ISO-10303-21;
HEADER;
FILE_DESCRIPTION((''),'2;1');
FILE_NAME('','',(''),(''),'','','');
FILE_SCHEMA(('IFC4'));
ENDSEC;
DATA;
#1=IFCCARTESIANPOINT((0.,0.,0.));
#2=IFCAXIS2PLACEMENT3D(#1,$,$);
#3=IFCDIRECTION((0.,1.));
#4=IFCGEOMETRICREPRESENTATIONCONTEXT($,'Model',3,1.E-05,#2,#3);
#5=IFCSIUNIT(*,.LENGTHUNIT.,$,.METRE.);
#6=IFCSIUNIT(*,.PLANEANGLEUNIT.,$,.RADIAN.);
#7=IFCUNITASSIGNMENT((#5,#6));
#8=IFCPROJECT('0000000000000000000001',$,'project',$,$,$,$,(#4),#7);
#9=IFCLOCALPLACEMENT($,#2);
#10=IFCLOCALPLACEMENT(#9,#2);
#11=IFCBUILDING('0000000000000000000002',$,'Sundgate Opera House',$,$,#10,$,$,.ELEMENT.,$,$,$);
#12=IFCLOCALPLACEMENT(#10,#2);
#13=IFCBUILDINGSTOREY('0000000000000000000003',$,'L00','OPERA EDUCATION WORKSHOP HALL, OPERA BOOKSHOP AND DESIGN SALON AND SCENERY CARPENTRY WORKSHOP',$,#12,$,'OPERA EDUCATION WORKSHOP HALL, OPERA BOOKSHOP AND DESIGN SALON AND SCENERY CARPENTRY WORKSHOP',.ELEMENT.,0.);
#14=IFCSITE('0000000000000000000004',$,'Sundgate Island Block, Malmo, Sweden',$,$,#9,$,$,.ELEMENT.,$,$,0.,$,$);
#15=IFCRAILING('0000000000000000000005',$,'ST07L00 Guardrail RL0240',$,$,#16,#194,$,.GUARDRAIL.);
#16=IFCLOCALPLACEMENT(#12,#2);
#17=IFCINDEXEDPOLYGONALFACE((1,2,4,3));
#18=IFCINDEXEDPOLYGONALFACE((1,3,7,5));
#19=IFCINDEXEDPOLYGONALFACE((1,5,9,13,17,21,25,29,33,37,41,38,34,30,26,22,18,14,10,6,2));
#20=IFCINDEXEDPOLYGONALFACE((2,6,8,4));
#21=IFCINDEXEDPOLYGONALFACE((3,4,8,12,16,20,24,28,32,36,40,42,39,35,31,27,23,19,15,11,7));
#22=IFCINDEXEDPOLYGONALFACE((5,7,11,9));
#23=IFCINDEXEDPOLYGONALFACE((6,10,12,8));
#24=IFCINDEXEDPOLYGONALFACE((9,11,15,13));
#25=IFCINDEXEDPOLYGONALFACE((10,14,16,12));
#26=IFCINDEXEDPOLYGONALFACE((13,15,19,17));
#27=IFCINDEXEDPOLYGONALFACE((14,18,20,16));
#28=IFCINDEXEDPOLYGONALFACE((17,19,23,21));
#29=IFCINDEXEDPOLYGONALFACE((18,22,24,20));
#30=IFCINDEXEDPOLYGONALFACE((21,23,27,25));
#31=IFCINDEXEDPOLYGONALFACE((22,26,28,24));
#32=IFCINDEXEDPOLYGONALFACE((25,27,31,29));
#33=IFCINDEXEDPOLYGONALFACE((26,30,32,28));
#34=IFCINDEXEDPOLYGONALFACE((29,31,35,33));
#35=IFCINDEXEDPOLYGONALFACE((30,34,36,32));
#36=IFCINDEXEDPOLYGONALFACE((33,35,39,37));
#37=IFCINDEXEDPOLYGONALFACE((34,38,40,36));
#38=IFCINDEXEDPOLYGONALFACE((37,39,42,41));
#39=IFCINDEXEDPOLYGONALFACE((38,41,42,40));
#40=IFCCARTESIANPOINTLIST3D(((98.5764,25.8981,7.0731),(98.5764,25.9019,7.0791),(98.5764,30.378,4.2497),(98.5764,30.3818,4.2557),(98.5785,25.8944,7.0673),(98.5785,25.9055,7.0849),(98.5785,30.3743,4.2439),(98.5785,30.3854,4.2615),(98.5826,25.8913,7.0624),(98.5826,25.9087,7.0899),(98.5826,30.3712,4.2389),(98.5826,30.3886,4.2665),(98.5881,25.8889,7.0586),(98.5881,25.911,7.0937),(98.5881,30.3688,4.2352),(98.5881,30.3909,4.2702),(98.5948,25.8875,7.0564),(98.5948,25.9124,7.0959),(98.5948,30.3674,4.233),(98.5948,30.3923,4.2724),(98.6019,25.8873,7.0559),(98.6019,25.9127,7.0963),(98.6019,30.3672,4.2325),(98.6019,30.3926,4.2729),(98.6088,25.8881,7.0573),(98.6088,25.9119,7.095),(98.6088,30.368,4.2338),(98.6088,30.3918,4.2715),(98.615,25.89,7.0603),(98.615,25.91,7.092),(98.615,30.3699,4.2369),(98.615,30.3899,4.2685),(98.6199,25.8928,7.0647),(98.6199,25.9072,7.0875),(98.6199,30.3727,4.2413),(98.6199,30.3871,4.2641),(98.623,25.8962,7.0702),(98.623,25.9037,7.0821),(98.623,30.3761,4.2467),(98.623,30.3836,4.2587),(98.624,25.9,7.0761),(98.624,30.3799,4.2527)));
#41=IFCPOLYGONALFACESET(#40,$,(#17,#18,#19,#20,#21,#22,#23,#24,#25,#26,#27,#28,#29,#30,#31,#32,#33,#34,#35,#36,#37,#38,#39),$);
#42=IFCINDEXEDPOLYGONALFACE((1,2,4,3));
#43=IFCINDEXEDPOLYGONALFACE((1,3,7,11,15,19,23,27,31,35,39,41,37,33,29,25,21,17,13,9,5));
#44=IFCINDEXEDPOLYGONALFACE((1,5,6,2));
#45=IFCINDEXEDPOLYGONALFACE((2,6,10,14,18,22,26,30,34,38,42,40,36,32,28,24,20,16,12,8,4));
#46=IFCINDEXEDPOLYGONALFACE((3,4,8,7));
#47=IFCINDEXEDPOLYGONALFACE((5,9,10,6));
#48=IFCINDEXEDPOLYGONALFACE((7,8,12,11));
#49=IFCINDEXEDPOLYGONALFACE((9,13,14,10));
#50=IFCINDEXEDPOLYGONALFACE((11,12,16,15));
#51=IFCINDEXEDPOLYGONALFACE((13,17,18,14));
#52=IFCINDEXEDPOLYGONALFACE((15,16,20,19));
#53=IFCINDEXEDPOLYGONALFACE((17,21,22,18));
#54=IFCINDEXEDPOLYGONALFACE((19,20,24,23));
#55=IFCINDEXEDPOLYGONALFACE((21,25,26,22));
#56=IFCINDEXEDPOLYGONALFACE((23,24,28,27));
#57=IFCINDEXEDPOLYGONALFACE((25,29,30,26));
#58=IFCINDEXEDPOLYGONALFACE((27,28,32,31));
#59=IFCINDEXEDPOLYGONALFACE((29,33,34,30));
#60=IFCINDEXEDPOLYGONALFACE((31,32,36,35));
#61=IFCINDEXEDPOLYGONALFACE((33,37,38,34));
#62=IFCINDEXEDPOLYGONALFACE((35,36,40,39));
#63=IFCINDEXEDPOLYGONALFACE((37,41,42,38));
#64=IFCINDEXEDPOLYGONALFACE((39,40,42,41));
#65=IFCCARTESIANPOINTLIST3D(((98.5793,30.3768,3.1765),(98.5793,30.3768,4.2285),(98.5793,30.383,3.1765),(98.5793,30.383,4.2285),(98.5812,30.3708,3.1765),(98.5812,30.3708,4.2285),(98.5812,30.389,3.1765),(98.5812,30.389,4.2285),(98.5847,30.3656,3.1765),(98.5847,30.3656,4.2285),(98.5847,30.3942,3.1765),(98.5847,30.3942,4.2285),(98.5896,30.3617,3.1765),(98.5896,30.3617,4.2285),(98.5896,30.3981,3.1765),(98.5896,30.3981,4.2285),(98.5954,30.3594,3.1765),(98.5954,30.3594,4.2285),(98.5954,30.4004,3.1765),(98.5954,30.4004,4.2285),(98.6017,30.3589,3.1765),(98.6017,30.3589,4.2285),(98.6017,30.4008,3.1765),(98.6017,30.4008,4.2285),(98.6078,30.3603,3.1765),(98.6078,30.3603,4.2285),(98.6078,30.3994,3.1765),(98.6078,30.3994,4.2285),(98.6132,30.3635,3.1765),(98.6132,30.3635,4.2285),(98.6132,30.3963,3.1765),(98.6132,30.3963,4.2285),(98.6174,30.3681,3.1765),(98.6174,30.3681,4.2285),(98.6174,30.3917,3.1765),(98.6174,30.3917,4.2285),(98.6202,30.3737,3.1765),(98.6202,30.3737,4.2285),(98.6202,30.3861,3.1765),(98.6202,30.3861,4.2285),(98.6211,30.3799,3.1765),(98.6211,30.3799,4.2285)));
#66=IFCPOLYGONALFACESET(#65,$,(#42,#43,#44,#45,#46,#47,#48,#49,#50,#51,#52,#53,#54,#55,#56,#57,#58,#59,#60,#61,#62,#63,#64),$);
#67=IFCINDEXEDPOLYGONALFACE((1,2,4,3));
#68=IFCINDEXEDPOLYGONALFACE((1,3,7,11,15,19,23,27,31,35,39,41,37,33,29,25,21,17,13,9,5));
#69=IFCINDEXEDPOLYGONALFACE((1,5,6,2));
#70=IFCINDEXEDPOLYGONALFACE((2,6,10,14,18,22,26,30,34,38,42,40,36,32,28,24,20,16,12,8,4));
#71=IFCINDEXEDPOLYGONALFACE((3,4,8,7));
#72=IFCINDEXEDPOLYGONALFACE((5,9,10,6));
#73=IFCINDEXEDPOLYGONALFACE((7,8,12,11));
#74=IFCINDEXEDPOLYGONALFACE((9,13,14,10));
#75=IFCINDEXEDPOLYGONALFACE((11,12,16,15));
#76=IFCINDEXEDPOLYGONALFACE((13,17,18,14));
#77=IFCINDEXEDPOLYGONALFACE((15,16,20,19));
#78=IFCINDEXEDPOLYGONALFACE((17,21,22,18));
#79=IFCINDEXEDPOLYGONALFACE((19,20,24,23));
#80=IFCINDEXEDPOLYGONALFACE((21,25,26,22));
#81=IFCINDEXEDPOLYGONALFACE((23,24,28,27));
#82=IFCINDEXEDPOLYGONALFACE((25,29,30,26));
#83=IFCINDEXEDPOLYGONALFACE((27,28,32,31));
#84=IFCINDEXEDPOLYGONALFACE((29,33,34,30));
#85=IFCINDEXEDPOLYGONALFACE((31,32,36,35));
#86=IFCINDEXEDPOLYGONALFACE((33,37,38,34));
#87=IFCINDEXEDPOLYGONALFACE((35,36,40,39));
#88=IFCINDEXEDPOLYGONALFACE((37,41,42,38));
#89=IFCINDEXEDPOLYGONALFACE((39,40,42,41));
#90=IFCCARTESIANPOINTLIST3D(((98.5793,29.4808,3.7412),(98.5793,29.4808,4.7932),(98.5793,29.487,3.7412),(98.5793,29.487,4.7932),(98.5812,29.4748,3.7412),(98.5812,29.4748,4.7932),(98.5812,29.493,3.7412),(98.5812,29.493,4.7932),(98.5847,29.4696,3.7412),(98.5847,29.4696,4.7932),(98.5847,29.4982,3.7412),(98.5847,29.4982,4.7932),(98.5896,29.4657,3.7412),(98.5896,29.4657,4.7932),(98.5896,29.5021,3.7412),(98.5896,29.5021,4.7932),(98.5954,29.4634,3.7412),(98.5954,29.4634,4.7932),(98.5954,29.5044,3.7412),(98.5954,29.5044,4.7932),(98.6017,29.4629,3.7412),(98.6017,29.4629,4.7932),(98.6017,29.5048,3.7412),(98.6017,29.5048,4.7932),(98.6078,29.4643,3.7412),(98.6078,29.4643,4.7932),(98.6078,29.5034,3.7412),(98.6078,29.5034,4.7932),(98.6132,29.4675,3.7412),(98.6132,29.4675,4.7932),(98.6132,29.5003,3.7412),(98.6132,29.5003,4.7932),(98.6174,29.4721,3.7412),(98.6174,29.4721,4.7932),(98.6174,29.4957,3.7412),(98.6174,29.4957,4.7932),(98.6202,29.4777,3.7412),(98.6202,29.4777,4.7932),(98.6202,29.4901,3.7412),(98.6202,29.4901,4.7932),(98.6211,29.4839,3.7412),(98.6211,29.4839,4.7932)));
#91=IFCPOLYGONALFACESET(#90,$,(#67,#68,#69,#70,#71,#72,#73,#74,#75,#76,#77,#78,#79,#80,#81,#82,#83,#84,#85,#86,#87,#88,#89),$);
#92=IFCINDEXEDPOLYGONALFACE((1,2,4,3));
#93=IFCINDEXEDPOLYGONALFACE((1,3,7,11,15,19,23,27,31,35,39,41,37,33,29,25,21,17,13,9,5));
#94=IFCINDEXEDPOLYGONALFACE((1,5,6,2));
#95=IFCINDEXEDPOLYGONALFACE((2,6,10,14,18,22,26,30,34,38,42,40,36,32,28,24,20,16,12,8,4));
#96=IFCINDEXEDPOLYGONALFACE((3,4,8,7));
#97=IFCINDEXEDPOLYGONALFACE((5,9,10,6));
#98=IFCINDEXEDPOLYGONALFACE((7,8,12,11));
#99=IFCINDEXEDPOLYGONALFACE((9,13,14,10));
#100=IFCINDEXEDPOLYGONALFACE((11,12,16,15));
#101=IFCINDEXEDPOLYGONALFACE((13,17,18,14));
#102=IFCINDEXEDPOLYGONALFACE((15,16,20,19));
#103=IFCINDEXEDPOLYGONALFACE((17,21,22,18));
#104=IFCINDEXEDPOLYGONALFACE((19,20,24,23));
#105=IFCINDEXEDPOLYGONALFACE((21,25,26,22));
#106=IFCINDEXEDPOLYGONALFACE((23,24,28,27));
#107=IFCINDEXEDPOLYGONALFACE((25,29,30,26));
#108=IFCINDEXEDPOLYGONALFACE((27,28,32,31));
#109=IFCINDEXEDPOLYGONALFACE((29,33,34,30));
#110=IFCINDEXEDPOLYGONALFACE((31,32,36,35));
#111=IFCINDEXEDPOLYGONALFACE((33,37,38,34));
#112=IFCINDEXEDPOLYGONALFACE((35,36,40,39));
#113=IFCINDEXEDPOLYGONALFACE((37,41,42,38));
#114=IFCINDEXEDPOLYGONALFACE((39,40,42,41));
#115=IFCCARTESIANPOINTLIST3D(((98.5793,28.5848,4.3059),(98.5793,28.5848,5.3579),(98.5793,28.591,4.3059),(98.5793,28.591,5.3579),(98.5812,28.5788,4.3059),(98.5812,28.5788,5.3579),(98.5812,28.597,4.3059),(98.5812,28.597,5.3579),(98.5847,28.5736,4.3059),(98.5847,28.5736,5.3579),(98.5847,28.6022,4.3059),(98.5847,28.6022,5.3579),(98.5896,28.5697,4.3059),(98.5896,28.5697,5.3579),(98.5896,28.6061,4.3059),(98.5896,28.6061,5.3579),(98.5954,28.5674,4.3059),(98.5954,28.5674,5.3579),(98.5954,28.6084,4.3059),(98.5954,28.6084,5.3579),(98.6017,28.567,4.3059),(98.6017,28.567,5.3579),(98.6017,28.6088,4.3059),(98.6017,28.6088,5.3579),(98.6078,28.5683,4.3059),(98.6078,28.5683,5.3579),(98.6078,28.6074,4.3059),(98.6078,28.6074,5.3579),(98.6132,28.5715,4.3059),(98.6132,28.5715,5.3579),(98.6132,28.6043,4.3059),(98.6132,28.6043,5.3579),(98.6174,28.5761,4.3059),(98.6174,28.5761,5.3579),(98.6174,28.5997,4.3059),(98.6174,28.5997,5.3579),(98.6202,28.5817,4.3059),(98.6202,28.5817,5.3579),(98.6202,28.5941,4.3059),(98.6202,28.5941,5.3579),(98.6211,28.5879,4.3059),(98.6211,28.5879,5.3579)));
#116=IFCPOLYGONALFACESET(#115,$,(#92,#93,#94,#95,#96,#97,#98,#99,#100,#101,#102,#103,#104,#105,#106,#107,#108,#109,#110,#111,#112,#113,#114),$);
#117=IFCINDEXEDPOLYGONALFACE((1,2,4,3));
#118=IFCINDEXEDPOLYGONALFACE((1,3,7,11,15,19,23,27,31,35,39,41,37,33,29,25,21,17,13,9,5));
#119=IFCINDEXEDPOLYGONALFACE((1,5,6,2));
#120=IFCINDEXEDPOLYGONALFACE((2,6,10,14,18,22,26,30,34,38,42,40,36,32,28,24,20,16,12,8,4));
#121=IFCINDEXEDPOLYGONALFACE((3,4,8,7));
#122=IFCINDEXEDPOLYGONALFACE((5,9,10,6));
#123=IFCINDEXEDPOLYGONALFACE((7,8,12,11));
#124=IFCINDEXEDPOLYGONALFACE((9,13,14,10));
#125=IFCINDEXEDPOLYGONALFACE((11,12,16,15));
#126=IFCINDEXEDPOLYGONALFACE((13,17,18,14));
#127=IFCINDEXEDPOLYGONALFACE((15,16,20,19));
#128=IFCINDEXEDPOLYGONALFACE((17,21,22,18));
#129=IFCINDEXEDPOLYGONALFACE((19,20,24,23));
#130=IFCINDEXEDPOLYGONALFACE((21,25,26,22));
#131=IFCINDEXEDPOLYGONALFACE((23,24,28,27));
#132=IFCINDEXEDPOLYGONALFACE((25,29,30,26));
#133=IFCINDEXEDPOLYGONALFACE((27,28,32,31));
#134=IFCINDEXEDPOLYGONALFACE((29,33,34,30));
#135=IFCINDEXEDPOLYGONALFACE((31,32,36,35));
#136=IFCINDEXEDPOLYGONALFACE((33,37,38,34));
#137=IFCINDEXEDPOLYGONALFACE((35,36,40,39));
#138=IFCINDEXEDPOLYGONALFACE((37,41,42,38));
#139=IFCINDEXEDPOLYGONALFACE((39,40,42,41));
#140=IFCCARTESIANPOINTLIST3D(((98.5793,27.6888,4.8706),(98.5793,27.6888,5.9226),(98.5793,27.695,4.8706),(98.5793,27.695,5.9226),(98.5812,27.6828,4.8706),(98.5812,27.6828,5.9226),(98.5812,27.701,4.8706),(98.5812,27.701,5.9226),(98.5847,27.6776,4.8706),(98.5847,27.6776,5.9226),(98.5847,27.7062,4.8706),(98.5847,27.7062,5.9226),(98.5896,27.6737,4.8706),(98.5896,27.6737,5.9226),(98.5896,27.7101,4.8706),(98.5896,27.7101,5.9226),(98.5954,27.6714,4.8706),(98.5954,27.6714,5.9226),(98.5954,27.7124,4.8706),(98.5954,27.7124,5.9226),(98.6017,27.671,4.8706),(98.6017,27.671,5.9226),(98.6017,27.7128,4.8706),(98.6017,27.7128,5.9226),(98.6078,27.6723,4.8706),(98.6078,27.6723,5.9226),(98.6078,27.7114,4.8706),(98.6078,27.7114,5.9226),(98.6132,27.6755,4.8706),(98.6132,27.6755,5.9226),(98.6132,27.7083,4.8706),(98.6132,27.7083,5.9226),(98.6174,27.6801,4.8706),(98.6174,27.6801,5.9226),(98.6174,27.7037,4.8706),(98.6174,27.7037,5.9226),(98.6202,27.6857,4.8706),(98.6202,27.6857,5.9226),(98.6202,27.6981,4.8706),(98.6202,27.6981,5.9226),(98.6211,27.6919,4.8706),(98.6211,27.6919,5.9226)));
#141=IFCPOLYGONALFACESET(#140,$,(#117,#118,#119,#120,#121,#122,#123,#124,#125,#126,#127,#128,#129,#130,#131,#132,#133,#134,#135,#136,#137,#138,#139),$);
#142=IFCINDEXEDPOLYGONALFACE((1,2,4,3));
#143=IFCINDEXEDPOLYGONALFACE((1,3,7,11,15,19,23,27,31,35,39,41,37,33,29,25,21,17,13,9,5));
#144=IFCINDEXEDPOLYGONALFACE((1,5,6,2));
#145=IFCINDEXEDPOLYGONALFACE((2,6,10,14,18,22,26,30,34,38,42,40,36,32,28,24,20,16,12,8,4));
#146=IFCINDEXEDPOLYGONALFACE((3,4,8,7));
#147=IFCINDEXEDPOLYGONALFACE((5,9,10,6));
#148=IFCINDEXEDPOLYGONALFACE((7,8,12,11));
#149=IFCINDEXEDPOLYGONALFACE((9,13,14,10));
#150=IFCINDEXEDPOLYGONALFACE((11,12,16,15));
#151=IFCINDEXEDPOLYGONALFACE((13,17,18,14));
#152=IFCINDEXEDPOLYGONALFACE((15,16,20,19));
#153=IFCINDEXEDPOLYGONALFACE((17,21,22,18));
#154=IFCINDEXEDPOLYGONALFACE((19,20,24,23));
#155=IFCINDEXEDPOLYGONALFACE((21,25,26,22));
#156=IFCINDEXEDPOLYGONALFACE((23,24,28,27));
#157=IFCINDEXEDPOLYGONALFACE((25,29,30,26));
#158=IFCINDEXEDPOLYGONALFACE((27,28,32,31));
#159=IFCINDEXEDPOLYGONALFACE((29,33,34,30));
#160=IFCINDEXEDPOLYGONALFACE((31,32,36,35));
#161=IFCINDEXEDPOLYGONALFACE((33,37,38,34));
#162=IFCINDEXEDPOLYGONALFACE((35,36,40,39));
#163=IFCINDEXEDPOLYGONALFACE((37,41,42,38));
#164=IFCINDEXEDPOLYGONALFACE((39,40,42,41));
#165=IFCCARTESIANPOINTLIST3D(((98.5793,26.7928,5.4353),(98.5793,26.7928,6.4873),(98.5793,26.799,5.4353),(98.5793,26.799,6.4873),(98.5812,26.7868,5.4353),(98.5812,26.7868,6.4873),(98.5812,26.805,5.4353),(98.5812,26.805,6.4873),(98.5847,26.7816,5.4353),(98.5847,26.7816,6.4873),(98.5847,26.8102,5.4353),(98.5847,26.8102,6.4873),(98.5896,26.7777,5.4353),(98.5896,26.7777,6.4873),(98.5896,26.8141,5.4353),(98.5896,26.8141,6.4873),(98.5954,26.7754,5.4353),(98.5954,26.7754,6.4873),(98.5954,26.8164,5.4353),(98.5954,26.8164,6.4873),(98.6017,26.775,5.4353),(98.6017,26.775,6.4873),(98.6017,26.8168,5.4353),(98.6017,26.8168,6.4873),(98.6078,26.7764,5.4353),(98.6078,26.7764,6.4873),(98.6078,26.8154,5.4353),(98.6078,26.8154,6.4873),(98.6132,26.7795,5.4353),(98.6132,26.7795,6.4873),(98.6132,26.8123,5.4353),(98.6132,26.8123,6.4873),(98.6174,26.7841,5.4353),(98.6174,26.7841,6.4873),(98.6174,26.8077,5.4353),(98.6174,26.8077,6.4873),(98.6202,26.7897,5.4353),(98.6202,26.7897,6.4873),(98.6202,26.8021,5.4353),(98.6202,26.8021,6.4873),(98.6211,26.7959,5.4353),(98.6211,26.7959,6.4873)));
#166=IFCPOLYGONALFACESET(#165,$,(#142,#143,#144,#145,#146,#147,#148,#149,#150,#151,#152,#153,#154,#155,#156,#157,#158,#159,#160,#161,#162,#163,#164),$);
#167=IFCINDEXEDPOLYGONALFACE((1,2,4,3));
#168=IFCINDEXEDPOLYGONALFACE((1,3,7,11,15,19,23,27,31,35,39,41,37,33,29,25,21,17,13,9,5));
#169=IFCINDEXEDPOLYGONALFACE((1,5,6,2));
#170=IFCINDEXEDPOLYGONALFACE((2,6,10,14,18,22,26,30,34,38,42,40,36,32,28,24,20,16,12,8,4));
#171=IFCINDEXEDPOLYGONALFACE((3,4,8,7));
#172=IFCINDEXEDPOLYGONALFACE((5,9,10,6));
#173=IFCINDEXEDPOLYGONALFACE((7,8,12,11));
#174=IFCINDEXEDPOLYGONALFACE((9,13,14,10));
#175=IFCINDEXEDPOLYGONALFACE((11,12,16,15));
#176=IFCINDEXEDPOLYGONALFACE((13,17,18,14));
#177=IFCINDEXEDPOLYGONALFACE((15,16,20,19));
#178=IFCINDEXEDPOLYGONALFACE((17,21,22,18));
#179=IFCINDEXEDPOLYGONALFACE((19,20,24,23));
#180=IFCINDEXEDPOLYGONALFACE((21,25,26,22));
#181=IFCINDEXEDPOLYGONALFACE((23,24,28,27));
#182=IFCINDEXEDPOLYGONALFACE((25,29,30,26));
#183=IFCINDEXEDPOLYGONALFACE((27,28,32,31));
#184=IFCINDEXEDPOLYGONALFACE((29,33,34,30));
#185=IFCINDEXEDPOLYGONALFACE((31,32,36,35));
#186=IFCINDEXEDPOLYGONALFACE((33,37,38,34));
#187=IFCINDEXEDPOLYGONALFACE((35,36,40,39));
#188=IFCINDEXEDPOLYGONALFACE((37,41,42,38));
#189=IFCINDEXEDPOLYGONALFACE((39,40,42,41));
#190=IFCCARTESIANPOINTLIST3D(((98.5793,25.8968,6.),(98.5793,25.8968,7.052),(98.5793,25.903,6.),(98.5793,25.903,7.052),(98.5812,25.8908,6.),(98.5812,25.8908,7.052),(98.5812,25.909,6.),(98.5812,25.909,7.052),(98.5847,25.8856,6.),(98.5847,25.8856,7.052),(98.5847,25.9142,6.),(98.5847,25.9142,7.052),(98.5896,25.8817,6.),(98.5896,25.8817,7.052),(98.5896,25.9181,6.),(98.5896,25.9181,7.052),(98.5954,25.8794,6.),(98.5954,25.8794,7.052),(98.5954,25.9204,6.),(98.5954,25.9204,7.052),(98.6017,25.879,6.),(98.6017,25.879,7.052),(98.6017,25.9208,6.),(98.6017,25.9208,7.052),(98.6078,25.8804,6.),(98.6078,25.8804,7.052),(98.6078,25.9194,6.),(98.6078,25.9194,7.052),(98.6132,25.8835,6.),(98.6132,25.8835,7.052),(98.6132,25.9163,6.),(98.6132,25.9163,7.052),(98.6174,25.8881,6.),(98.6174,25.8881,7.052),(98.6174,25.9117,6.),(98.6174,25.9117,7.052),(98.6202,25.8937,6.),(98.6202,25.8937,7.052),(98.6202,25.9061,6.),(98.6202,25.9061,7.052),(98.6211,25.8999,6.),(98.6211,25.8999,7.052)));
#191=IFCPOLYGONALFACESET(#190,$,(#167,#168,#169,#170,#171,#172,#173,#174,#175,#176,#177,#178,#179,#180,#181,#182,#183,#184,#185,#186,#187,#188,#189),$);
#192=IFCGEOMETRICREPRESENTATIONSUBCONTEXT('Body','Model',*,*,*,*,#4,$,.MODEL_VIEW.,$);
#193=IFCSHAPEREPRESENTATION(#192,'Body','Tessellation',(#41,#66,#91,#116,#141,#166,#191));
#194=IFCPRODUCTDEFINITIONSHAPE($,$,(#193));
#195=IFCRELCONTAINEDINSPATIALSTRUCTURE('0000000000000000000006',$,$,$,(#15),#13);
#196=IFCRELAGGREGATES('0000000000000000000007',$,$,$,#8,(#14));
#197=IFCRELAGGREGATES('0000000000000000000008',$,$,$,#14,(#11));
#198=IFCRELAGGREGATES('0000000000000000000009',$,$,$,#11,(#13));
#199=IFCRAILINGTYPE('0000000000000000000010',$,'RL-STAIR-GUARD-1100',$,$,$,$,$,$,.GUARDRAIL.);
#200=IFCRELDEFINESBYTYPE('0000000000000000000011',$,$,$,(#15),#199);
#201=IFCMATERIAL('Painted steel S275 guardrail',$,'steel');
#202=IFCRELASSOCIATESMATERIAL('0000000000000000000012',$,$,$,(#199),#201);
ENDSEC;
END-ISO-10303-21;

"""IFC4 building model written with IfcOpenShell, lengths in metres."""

from ifc_helpers import new_model, si_unit, direction, frame, origin, origin_2d, place, context, subcontext, project, spatial, circle, extrude, material, type_object, element, save


model = new_model("IFC4")

# Units and contexts
model_context = context("Model", 3, precision=1e-05, world=origin(), true_north=direction((0.0, 1.0)))
body_context = subcontext(model_context, "Body", "Model", "MODEL_VIEW")
ifc_project = project(units=[si_unit("LENGTHUNIT", "METRE"), si_unit("PLANEANGLEUNIT", "RADIAN")], contexts=[model_context])

# Site, building, storey
site_placement = place(None, origin())
site = spatial("IfcSite", under=ifc_project, at=site_placement, Name="Sundgate Island Block, Malmo, Sweden", CompositionType="ELEMENT", RefElevation=0.0)
building_placement = place(site_placement, origin())
building = spatial("IfcBuilding", under=site, at=building_placement, Name="Sundgate Opera House", CompositionType="ELEMENT")
storey_placement = place(building_placement, origin())
storey = spatial("IfcBuildingStorey", under=building, at=storey_placement, Name="L00", Description="OPERA EDUCATION WORKSHOP HALL, OPERA BOOKSHOP AND DESIGN SALON AND SCENERY CARPENTRY WORKSHOP", LongName="OPERA EDUCATION WORKSHOP HALL, OPERA BOOKSHOP AND DESIGN SALON AND SCENERY CARPENTRY WORKSHOP", CompositionType="ELEMENT", Elevation=0.0)

# Railing
ifc_material_1 = material(Name="Painted steel S275 guardrail", Category="steel")
railing_type_1 = type_object("IfcRailingType", Name="RL-STAIR-GUARD-1100", PredefinedType="GUARDRAIL", material=ifc_material_1)
railing_1_placement = place(storey_placement, frame((98.6001, 30.3799, 3.1765)))
element("IfcRailing", 1, at=railing_1_placement, inside=storey, type_object=railing_type_1, Name="ST07L00 Guardrail RL0240", PredefinedType="GUARDRAIL", context=body_context, shape_type="SweptSolid", body=[
    extrude(circle(Radius=0.0239, at=origin_2d()), frame((0.0, 0.0, 1.0762), z_axis=(0.0, -0.845998, 0.533186), x_axis=(1.0, 0.0, 0.0)), (0.0, 0.0, 1.0), 5.2954),
    extrude(circle(Radius=0.021, at=origin_2d()), origin(), (0.0, 0.0, 1.0), 1.052),
    extrude(circle(Radius=0.021, at=origin_2d()), frame((0.0, -0.896, 0.5647)), (0.0, 0.0, 1.0), 1.052),
    extrude(circle(Radius=0.021, at=origin_2d()), frame((0.0, -1.792, 1.1294)), (0.0, 0.0, 1.0), 1.052),
    extrude(circle(Radius=0.021, at=origin_2d()), frame((0.0, -2.688, 1.6941)), (0.0, 0.0, 1.0), 1.052),
    extrude(circle(Radius=0.021, at=origin_2d()), frame((0.0, -3.584, 2.2588)), (0.0, 0.0, 1.0), 1.052),
    extrude(circle(Radius=0.021, at=origin_2d()), frame((0.0, -4.48, 2.8235)), (0.0, 0.0, 1.0), 1.052),
])

save(model, "model.ifc")
